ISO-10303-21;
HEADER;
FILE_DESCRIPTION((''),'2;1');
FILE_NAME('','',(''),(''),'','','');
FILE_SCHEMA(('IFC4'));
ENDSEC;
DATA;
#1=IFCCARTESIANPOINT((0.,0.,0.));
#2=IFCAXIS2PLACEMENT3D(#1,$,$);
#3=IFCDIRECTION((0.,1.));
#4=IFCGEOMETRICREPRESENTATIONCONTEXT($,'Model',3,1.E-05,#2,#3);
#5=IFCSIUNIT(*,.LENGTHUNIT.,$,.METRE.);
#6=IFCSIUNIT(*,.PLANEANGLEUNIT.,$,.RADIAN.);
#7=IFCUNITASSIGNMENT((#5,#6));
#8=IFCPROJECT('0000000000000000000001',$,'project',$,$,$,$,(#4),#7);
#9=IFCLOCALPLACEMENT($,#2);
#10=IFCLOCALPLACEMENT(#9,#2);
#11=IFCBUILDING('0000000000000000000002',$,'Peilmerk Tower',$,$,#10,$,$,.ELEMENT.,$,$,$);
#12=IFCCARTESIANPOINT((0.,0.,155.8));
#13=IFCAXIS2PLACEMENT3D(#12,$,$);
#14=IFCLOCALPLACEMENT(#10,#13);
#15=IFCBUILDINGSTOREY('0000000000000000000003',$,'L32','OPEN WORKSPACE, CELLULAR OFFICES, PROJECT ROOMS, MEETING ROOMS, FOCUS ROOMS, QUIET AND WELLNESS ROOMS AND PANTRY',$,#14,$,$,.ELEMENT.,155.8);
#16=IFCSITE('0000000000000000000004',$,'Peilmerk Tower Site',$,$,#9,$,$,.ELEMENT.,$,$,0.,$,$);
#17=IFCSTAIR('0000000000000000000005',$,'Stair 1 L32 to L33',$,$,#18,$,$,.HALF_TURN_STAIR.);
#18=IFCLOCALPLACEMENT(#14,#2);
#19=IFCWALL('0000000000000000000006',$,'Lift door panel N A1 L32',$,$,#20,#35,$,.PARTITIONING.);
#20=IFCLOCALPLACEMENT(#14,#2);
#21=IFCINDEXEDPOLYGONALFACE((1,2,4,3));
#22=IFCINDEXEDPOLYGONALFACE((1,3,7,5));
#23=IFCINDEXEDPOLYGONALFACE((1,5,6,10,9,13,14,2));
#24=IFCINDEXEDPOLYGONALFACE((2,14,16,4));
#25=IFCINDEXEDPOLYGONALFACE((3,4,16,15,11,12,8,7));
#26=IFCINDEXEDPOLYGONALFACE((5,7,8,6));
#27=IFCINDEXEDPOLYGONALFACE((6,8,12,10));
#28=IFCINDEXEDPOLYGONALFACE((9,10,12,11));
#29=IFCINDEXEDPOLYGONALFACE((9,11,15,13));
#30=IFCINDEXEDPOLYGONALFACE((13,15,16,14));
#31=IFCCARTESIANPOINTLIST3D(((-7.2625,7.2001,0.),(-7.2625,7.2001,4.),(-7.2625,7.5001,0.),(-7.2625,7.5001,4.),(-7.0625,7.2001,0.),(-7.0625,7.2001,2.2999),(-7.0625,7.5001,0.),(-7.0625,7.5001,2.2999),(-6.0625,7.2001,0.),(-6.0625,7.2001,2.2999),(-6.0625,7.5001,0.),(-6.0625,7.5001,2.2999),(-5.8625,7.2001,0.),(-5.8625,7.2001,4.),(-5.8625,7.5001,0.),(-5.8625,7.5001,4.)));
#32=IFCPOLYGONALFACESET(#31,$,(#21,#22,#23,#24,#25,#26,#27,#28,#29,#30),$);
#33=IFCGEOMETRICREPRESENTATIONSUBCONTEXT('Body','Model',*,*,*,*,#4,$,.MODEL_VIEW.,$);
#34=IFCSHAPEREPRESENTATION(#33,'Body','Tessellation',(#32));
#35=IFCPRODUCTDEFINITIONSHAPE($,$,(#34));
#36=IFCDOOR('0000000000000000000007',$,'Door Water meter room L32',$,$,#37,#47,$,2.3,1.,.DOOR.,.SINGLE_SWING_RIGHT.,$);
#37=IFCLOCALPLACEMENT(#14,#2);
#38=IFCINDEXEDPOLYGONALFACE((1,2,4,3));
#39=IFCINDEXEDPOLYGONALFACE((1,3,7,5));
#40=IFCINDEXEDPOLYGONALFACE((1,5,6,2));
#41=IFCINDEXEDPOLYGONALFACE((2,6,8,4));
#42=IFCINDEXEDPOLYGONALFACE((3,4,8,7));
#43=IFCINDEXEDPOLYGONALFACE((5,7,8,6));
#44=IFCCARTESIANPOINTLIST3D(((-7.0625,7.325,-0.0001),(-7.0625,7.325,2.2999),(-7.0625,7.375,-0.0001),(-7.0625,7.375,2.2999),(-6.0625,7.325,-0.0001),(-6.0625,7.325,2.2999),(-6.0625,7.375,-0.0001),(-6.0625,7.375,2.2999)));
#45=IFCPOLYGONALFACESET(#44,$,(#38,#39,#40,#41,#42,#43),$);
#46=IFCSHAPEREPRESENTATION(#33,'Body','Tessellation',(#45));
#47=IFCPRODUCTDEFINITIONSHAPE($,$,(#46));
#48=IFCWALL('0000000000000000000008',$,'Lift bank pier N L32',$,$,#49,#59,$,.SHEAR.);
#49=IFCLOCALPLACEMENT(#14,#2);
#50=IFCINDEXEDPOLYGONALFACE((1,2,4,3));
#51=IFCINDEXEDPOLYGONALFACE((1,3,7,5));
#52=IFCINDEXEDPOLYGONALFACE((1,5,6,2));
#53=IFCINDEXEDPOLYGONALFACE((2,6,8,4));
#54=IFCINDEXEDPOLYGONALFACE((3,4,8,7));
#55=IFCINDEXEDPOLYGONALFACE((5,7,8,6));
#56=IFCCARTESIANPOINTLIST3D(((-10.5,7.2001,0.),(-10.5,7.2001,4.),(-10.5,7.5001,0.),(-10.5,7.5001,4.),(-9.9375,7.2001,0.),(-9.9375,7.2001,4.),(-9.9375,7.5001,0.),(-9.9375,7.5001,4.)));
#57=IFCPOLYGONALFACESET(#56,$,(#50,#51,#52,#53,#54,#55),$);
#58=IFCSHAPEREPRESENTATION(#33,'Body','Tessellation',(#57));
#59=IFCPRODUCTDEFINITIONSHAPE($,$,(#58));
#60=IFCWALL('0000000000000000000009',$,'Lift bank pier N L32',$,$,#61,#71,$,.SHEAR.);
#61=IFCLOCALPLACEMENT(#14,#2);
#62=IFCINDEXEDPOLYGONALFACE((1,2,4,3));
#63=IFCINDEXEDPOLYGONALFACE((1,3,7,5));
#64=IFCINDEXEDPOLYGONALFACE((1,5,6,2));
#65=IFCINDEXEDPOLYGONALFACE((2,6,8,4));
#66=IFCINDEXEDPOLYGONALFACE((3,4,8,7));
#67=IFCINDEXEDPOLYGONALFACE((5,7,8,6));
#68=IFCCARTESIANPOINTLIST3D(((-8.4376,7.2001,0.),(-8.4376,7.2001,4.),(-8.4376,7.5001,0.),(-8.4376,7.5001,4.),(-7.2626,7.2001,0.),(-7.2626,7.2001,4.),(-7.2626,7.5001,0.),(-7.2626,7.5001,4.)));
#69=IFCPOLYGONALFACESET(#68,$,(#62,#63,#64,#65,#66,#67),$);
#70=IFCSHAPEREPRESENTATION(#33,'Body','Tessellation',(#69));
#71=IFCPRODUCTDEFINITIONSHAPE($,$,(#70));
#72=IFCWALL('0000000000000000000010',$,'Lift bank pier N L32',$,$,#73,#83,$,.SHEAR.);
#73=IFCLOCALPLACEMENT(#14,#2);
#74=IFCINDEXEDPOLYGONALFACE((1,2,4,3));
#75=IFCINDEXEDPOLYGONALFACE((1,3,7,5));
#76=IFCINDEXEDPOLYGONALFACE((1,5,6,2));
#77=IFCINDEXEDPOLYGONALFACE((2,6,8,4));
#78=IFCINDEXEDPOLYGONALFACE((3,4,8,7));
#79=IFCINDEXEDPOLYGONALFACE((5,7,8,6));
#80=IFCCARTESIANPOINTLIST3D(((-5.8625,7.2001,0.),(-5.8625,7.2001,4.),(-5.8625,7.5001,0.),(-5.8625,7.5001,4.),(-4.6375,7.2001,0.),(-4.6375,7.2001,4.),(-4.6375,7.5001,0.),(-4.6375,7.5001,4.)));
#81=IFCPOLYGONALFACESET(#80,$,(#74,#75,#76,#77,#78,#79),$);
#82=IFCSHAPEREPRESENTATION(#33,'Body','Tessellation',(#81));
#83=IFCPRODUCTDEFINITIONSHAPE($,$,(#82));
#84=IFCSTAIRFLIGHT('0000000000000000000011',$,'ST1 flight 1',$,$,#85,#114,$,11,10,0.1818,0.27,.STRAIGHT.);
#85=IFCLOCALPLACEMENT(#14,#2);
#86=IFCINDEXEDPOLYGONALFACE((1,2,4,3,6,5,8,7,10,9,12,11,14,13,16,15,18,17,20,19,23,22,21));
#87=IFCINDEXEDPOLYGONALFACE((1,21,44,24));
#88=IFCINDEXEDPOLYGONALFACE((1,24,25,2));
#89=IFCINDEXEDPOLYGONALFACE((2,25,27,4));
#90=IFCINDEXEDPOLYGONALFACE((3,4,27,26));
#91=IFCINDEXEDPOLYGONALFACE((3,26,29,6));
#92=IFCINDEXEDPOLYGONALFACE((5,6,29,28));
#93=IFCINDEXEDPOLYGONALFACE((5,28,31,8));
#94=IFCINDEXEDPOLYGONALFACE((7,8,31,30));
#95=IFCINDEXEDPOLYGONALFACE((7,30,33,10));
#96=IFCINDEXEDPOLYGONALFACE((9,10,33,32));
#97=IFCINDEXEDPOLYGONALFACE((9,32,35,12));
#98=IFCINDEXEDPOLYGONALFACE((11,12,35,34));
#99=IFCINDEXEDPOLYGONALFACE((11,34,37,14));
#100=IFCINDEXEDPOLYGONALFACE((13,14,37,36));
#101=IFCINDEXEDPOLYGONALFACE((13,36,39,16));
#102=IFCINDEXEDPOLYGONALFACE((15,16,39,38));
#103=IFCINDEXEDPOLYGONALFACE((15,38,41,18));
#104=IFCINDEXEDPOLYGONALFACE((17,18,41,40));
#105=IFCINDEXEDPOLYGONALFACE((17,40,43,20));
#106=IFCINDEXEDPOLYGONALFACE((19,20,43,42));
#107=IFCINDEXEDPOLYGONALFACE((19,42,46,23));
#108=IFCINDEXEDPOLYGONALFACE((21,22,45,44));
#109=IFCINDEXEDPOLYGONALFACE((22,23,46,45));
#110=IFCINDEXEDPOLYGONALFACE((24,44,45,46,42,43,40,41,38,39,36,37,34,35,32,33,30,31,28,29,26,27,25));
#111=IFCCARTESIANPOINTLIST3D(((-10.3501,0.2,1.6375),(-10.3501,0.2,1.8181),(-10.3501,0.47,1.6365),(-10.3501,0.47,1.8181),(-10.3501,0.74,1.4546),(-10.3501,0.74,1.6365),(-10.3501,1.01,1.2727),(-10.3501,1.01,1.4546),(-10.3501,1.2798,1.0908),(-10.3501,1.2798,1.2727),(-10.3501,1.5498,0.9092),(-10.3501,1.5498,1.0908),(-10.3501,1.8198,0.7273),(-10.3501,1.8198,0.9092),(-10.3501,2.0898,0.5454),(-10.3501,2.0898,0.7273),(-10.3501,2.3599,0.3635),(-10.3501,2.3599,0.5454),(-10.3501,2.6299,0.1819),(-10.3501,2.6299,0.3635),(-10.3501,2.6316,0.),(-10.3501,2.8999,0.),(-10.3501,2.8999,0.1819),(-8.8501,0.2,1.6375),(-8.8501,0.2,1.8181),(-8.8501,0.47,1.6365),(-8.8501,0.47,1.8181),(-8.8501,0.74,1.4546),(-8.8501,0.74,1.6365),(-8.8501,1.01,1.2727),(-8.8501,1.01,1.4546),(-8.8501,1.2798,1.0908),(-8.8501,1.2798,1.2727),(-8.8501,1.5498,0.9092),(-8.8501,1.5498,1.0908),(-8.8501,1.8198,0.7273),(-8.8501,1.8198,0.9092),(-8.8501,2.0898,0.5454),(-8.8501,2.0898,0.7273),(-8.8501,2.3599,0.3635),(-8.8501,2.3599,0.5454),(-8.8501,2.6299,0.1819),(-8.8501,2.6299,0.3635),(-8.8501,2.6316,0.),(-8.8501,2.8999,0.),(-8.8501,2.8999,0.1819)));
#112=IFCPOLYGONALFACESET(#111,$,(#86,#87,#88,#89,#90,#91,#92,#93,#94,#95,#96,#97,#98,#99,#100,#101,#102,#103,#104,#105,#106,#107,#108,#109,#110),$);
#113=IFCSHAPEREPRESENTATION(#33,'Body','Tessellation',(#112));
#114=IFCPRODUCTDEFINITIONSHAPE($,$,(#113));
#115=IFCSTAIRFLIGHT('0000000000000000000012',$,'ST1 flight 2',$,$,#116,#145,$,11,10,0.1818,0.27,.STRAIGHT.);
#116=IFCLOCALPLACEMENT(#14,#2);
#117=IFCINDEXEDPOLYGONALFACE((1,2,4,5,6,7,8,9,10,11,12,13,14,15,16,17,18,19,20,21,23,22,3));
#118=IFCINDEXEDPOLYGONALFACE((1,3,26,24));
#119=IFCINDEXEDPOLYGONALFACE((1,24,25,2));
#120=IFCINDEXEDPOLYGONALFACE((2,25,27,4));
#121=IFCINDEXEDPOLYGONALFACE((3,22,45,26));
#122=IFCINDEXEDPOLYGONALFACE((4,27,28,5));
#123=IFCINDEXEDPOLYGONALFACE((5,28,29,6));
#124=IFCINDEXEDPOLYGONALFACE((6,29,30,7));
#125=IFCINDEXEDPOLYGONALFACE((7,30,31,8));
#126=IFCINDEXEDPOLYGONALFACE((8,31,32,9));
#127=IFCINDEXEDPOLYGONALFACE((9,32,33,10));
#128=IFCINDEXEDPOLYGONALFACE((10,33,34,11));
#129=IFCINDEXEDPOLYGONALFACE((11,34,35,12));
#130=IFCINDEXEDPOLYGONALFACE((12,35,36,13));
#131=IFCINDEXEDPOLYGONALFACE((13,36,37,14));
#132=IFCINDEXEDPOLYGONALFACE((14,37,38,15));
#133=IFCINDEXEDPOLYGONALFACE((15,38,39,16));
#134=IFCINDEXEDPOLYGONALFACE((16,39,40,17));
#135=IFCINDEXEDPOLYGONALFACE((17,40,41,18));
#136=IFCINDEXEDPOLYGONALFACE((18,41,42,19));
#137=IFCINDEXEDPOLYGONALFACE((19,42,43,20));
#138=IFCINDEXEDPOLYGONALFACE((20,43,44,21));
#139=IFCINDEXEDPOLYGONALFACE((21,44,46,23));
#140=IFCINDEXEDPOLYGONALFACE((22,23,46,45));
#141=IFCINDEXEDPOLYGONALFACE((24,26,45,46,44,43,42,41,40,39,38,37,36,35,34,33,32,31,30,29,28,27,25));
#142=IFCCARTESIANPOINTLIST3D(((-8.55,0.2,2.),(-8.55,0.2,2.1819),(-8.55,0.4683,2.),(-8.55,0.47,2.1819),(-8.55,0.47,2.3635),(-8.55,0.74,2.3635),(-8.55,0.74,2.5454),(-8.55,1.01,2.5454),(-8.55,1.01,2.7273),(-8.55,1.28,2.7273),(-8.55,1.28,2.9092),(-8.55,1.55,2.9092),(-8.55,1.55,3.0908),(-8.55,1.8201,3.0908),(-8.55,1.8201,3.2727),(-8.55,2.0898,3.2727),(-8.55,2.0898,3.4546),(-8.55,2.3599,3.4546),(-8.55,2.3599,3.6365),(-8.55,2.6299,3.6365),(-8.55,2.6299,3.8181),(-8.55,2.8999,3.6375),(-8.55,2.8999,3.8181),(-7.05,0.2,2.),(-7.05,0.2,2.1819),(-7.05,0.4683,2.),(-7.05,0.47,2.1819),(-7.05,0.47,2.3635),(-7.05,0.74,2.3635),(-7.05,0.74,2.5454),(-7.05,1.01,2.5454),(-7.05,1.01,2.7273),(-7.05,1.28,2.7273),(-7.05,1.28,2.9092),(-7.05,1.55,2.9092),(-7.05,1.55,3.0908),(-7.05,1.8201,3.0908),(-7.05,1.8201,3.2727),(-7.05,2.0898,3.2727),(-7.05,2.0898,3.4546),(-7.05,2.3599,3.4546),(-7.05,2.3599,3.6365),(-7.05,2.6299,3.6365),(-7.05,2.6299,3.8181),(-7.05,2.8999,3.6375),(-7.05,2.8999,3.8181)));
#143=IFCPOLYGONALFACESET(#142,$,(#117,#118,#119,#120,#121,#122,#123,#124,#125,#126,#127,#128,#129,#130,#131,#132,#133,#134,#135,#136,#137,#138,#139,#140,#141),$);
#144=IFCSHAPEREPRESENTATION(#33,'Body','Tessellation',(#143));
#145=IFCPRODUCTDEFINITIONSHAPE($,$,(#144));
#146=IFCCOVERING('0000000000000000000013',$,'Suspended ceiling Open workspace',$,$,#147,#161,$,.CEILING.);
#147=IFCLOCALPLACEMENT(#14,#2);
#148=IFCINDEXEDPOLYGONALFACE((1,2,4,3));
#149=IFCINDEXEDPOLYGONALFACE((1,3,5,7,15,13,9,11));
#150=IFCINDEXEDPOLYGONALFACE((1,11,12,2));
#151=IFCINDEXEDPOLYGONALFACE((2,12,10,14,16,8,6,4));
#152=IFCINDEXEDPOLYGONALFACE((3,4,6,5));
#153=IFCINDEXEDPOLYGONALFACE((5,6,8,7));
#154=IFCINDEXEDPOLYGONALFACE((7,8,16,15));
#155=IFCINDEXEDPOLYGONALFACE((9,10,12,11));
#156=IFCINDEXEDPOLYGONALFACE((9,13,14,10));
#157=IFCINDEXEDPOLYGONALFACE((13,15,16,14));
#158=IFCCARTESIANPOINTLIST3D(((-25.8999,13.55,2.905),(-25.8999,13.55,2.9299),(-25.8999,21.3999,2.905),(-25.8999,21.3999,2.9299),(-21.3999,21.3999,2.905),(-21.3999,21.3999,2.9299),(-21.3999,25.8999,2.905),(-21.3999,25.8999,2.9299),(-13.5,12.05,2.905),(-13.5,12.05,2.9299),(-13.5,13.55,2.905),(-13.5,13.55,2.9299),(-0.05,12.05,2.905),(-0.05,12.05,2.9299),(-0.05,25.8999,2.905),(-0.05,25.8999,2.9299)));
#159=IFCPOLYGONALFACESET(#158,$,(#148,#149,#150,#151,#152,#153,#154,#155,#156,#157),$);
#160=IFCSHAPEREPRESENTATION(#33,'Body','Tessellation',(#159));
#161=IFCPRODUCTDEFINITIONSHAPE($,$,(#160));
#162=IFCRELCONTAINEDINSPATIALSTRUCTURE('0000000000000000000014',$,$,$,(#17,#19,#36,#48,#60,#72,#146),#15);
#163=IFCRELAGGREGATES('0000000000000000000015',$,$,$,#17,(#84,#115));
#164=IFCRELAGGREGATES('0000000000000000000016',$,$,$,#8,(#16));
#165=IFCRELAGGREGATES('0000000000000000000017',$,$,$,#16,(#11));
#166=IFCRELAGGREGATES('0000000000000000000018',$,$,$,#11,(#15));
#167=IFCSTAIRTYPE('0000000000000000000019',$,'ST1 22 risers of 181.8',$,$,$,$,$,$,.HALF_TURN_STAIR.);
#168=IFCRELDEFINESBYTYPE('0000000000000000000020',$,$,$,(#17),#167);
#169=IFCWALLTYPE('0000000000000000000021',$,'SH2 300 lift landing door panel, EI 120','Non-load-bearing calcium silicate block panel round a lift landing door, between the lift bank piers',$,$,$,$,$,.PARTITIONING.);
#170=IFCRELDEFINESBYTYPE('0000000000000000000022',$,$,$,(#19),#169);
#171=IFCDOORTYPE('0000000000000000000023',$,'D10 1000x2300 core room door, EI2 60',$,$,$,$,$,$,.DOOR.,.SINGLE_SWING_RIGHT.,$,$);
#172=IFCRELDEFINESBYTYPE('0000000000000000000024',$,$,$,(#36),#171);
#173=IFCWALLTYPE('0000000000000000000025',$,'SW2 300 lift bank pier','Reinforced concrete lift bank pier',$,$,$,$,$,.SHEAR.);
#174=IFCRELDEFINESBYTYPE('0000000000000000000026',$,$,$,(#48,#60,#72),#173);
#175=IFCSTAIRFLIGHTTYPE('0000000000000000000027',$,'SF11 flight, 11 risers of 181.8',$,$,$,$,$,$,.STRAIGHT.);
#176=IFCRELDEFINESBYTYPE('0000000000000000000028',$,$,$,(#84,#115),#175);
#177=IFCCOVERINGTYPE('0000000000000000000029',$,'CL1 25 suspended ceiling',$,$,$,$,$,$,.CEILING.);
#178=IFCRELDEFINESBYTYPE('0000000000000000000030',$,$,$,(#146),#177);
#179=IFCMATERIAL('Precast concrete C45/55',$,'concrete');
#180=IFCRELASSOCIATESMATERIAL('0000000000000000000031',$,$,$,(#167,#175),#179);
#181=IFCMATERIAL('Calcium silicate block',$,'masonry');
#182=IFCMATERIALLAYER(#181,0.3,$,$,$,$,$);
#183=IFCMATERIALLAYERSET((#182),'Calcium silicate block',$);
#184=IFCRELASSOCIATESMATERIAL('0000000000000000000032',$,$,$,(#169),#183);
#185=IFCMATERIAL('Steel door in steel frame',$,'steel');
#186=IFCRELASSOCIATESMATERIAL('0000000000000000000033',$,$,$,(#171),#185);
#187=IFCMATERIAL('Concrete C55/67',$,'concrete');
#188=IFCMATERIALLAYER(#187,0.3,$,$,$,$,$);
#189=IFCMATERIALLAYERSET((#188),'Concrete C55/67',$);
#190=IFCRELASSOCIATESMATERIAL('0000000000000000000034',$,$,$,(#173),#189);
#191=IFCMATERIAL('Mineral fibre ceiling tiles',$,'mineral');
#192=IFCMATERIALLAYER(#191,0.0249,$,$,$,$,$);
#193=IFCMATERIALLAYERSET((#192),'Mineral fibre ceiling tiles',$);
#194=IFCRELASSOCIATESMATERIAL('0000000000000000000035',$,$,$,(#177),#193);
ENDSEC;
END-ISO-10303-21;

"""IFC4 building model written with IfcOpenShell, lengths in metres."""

from ifc_helpers import new_model, si_unit, direction, frame, frame_2d, origin, place, context, subcontext, project, spatial, polyline, rectangle, outline, extrude, material, layer, layer_set, type_object, element, fill, aggregate, save


model = new_model("IFC4")

# Units and contexts
model_context = context("Model", 3, precision=1e-05, world=origin(), true_north=direction((0.0, 1.0)))
body_context = subcontext(model_context, "Body", "Model", "MODEL_VIEW")
ifc_project = project(units=[si_unit("LENGTHUNIT", "METRE"), si_unit("PLANEANGLEUNIT", "RADIAN")], contexts=[model_context])

# Site, building, storey
site_placement = place(None, origin())
site = spatial("IfcSite", under=ifc_project, at=site_placement, Name="Peilmerk Tower Site", CompositionType="ELEMENT", RefElevation=0.0)
building_placement = place(site_placement, origin())
building = spatial("IfcBuilding", under=site, at=building_placement, Name="Peilmerk Tower", CompositionType="ELEMENT")
storey_placement = place(building_placement, frame((0.0, 0.0, 155.8)))
storey = spatial("IfcBuildingStorey", under=building, at=storey_placement, Name="L32", Description="OPEN WORKSPACE, CELLULAR OFFICES, PROJECT ROOMS, MEETING ROOMS, FOCUS ROOMS, QUIET AND WELLNESS ROOMS AND PANTRY", CompositionType="ELEMENT", Elevation=155.8)

# Shared definitions
ifc_material_1 = material(Name="Concrete C55/67", Category="concrete")

# Stair
ifc_material_2 = material(Name="Precast concrete C45/55", Category="concrete")
stair_type_1 = type_object("IfcStairType", Name="ST1 22 risers of 181.8", PredefinedType="HALF_TURN_STAIR", material=ifc_material_2)
stair_1_placement = place(storey_placement, origin())
stair_1 = element("IfcStair", 1, at=stair_1_placement, inside=storey, type_object=stair_type_1, Name="Stair 1 L32 to L33", PredefinedType="HALF_TURN_STAIR")

# Shared definitions
ifc_material_3 = material(Name="Steel door in steel frame", Category="steel")

# Wall, opening, door
ifc_material_4 = material(Name="Calcium silicate block", Category="masonry")
ifc_layer_1 = layer(ifc_material_4, 0.3)
ifc_layer_set_1 = layer_set([ifc_layer_1], Name="Calcium silicate block")
wall_type_1 = type_object("IfcWallType", Name="SH2 300 lift landing door panel, EI 120", Description="Non-load-bearing calcium silicate block panel round a lift landing door, between the lift bank piers", PredefinedType="PARTITIONING", material=ifc_layer_set_1)
wall_1_placement = place(storey_placement, frame((-7.2625, 7.3501, 0.0), z_axis=(0.0, 0.0, 1.0), x_axis=(1.0, 0.0, 0.0)))
wall_1 = element("IfcWall", 2, at=wall_1_placement, inside=storey, type_object=wall_type_1, Name="Lift door panel N A1 L32", PredefinedType="PARTITIONING", context=body_context, shape_type="SweptSolid", body=[
    extrude(rectangle(XDim=1.3999, YDim=0.3, at=frame_2d((0.7, 0.0))), origin(), (0.0, 0.0, 1.0), 4.0),
])
opening_1_placement = place(wall_1_placement, frame((0.2, 0.0, 0.0)))
opening_1 = element("IfcOpeningElement", 3, at=opening_1_placement, cuts=wall_1, PredefinedType="OPENING", context=body_context, shape_type="SweptSolid", body=[
    extrude(rectangle(XDim=1.0, YDim=2.3, at=frame_2d((0.5, 1.1499))), frame((0.0, 0.1599, 0.0), z_axis=(0.0, -1.0, 0.0), x_axis=(1.0, 0.0, 0.0)), (0.0, 0.0, 1.0), 0.3201),
])
door_type_1 = type_object("IfcDoorType", Name="D10 1000x2300 core room door, EI2 60", OperationType="SINGLE_SWING_RIGHT", PredefinedType="DOOR", material=ifc_material_3)
door_1_placement = place(opening_1_placement, origin())
door_1 = element("IfcDoor", 4, at=door_1_placement, inside=storey, type_object=door_type_1, Name="Door Water meter room L32", OperationType="SINGLE_SWING_RIGHT", OverallHeight=2.3, OverallWidth=1.0, PredefinedType="DOOR", context=body_context, shape_type="SweptSolid", body=[
    extrude(rectangle(XDim=1.0, YDim=2.3, at=frame_2d((0.5, 1.1499))), frame((0.0, 0.0249, 0.0), z_axis=(0.0, -1.0, 0.0), x_axis=(1.0, 0.0, 0.0)), (0.0, 0.0, 1.0), 0.05),
])
fill(opening_1, door_1)

# Walls
ifc_layer_2 = layer(ifc_material_1, 0.3)
ifc_layer_set_2 = layer_set([ifc_layer_2], Name="Concrete C55/67")
wall_type_2 = type_object("IfcWallType", Name="SW2 300 lift bank pier", Description="Reinforced concrete lift bank pier", PredefinedType="SHEAR", material=ifc_layer_set_2)
wall_2_placement = place(storey_placement, frame((-10.5, 7.3501, 0.0), z_axis=(0.0, 0.0, 1.0), x_axis=(1.0, 0.0, 0.0)))
element("IfcWall", 5, at=wall_2_placement, inside=storey, type_object=wall_type_2, Name="Lift bank pier N L32", PredefinedType="SHEAR", context=body_context, shape_type="SweptSolid", body=[
    extrude(rectangle(XDim=0.5625, YDim=0.3, at=frame_2d((0.2812, 0.0))), origin(), (0.0, 0.0, 1.0), 4.0),
])
wall_3_placement = place(storey_placement, frame((-8.4375, 7.3501, 0.0), z_axis=(0.0, 0.0, 1.0), x_axis=(1.0, 0.0, 0.0)))
element("IfcWall", 6, at=wall_3_placement, inside=storey, type_object=wall_type_2, Name="Lift bank pier N L32", PredefinedType="SHEAR", context=body_context, shape_type="SweptSolid", body=[
    extrude(rectangle(XDim=1.175, YDim=0.3, at=frame_2d((0.5874, 0.0))), origin(), (0.0, 0.0, 1.0), 4.0),
])
wall_4_placement = place(storey_placement, frame((-5.8625, 7.3501, 0.0), z_axis=(0.0, 0.0, 1.0), x_axis=(1.0, 0.0, 0.0)))
element("IfcWall", 7, at=wall_4_placement, inside=storey, type_object=wall_type_2, Name="Lift bank pier N L32", PredefinedType="SHEAR", context=body_context, shape_type="SweptSolid", body=[
    extrude(rectangle(XDim=1.2251, YDim=0.3, at=frame_2d((0.6125, 0.0))), origin(), (0.0, 0.0, 1.0), 4.0),
])

# Stair flights
stair_flight_type = type_object("IfcStairFlightType", Name="SF11 flight, 11 risers of 181.8", PredefinedType="STRAIGHT", material=ifc_material_2)
stair_flight_1_placement = place(storey_placement, frame((-9.6001, 2.8999, 0.0), z_axis=(0.0, 0.0, 1.0), x_axis=(0.0, -1.0, 0.0)))
stair_flight_1 = element("IfcStairFlight", 8, at=stair_flight_1_placement, type_object=stair_flight_type, Name="ST1 flight 1", NumberOfRisers=11, NumberOfTreads=10, PredefinedType="STRAIGHT", RiserHeight=0.1818, TreadLength=0.27, context=body_context, shape_type="SweptSolid", body=[
    extrude(outline(polyline([(0.0, 0.0), (0.0, 0.1819), (0.27, 0.1819), (0.27, 0.3635), (0.54, 0.3635), (0.54, 0.5454), (0.8101, 0.5454), (0.8101, 0.7273), (1.0801, 0.7273), (1.0801, 0.9092), (1.3501, 0.9092), (1.3501, 1.0908), (1.6201, 1.0908), (1.6201, 1.2727), (1.8899, 1.2727), (1.8899, 1.4546), (2.1599, 1.4546), (2.1599, 1.6365), (2.4299, 1.6365), (2.4299, 1.8181), (2.7, 1.8181), (2.7, 2.0), (2.7, 1.6375), (0.2683, 0.0), (0.0, 0.0)])), frame((0.0, 0.75, 0.0), z_axis=(0.0, -1.0, 0.0), x_axis=(1.0, 0.0, 0.0)), (0.0, 0.0, 1.0), 1.5),
])
stair_flight_2_placement = place(storey_placement, frame((-7.8, 0.2, 2.0), z_axis=(0.0, 0.0, 1.0), x_axis=(0.0, 1.0, 0.0)))
stair_flight_2 = element("IfcStairFlight", 9, at=stair_flight_2_placement, type_object=stair_flight_type, Name="ST1 flight 2", NumberOfRisers=11, NumberOfTreads=10, PredefinedType="STRAIGHT", RiserHeight=0.1818, TreadLength=0.27, context=body_context, shape_type="SweptSolid", body=[
    extrude(outline(polyline([(0.0, 0.0), (0.0, 0.1819), (0.27, 0.1819), (0.27, 0.3635), (0.54, 0.3635), (0.54, 0.5454), (0.8101, 0.5454), (0.8101, 0.7273), (1.0801, 0.7273), (1.0801, 0.9092), (1.3501, 0.9092), (1.3501, 1.0908), (1.6201, 1.0908), (1.6201, 1.2727), (1.8899, 1.2727), (1.8899, 1.4546), (2.1599, 1.4546), (2.1599, 1.6365), (2.4299, 1.6365), (2.4299, 1.8181), (2.7, 1.8181), (2.7, 2.0), (2.7, 1.6375), (0.2683, 0.0), (0.0, 0.0)])), frame((0.0, 0.75, 0.0), z_axis=(0.0, -1.0, 0.0), x_axis=(1.0, 0.0, 0.0)), (0.0, 0.0, 1.0), 1.5),
])
aggregate(stair_1, [stair_flight_1, stair_flight_2])

# Covering
ifc_material_5 = material(Name="Mineral fibre ceiling tiles", Category="mineral")
ifc_layer_3 = layer(ifc_material_5, 0.0249)
ifc_layer_set_3 = layer_set([ifc_layer_3], Name="Mineral fibre ceiling tiles")
covering_type = type_object("IfcCoveringType", Name="CL1 25 suspended ceiling", PredefinedType="CEILING", material=ifc_layer_set_3)
covering_placement = place(storey_placement, frame((0.0, 0.0, 2.905)))
element("IfcCovering", 10, at=covering_placement, inside=storey, type_object=covering_type, Name="Suspended ceiling Open workspace", PredefinedType="CEILING", context=body_context, shape_type="SweptSolid", body=[
    extrude(outline(polyline([(-25.8999, 21.3999), (-25.8999, 13.55), (-13.5, 13.55), (-13.5, 12.05), (-0.05, 12.05), (-0.05, 25.8999), (-21.3999, 25.8999), (-21.3999, 21.3999), (-25.8999, 21.3999)])), origin(), (0.0, 0.0, 1.0), 0.0249),
])

save(model, "model.ifc")
